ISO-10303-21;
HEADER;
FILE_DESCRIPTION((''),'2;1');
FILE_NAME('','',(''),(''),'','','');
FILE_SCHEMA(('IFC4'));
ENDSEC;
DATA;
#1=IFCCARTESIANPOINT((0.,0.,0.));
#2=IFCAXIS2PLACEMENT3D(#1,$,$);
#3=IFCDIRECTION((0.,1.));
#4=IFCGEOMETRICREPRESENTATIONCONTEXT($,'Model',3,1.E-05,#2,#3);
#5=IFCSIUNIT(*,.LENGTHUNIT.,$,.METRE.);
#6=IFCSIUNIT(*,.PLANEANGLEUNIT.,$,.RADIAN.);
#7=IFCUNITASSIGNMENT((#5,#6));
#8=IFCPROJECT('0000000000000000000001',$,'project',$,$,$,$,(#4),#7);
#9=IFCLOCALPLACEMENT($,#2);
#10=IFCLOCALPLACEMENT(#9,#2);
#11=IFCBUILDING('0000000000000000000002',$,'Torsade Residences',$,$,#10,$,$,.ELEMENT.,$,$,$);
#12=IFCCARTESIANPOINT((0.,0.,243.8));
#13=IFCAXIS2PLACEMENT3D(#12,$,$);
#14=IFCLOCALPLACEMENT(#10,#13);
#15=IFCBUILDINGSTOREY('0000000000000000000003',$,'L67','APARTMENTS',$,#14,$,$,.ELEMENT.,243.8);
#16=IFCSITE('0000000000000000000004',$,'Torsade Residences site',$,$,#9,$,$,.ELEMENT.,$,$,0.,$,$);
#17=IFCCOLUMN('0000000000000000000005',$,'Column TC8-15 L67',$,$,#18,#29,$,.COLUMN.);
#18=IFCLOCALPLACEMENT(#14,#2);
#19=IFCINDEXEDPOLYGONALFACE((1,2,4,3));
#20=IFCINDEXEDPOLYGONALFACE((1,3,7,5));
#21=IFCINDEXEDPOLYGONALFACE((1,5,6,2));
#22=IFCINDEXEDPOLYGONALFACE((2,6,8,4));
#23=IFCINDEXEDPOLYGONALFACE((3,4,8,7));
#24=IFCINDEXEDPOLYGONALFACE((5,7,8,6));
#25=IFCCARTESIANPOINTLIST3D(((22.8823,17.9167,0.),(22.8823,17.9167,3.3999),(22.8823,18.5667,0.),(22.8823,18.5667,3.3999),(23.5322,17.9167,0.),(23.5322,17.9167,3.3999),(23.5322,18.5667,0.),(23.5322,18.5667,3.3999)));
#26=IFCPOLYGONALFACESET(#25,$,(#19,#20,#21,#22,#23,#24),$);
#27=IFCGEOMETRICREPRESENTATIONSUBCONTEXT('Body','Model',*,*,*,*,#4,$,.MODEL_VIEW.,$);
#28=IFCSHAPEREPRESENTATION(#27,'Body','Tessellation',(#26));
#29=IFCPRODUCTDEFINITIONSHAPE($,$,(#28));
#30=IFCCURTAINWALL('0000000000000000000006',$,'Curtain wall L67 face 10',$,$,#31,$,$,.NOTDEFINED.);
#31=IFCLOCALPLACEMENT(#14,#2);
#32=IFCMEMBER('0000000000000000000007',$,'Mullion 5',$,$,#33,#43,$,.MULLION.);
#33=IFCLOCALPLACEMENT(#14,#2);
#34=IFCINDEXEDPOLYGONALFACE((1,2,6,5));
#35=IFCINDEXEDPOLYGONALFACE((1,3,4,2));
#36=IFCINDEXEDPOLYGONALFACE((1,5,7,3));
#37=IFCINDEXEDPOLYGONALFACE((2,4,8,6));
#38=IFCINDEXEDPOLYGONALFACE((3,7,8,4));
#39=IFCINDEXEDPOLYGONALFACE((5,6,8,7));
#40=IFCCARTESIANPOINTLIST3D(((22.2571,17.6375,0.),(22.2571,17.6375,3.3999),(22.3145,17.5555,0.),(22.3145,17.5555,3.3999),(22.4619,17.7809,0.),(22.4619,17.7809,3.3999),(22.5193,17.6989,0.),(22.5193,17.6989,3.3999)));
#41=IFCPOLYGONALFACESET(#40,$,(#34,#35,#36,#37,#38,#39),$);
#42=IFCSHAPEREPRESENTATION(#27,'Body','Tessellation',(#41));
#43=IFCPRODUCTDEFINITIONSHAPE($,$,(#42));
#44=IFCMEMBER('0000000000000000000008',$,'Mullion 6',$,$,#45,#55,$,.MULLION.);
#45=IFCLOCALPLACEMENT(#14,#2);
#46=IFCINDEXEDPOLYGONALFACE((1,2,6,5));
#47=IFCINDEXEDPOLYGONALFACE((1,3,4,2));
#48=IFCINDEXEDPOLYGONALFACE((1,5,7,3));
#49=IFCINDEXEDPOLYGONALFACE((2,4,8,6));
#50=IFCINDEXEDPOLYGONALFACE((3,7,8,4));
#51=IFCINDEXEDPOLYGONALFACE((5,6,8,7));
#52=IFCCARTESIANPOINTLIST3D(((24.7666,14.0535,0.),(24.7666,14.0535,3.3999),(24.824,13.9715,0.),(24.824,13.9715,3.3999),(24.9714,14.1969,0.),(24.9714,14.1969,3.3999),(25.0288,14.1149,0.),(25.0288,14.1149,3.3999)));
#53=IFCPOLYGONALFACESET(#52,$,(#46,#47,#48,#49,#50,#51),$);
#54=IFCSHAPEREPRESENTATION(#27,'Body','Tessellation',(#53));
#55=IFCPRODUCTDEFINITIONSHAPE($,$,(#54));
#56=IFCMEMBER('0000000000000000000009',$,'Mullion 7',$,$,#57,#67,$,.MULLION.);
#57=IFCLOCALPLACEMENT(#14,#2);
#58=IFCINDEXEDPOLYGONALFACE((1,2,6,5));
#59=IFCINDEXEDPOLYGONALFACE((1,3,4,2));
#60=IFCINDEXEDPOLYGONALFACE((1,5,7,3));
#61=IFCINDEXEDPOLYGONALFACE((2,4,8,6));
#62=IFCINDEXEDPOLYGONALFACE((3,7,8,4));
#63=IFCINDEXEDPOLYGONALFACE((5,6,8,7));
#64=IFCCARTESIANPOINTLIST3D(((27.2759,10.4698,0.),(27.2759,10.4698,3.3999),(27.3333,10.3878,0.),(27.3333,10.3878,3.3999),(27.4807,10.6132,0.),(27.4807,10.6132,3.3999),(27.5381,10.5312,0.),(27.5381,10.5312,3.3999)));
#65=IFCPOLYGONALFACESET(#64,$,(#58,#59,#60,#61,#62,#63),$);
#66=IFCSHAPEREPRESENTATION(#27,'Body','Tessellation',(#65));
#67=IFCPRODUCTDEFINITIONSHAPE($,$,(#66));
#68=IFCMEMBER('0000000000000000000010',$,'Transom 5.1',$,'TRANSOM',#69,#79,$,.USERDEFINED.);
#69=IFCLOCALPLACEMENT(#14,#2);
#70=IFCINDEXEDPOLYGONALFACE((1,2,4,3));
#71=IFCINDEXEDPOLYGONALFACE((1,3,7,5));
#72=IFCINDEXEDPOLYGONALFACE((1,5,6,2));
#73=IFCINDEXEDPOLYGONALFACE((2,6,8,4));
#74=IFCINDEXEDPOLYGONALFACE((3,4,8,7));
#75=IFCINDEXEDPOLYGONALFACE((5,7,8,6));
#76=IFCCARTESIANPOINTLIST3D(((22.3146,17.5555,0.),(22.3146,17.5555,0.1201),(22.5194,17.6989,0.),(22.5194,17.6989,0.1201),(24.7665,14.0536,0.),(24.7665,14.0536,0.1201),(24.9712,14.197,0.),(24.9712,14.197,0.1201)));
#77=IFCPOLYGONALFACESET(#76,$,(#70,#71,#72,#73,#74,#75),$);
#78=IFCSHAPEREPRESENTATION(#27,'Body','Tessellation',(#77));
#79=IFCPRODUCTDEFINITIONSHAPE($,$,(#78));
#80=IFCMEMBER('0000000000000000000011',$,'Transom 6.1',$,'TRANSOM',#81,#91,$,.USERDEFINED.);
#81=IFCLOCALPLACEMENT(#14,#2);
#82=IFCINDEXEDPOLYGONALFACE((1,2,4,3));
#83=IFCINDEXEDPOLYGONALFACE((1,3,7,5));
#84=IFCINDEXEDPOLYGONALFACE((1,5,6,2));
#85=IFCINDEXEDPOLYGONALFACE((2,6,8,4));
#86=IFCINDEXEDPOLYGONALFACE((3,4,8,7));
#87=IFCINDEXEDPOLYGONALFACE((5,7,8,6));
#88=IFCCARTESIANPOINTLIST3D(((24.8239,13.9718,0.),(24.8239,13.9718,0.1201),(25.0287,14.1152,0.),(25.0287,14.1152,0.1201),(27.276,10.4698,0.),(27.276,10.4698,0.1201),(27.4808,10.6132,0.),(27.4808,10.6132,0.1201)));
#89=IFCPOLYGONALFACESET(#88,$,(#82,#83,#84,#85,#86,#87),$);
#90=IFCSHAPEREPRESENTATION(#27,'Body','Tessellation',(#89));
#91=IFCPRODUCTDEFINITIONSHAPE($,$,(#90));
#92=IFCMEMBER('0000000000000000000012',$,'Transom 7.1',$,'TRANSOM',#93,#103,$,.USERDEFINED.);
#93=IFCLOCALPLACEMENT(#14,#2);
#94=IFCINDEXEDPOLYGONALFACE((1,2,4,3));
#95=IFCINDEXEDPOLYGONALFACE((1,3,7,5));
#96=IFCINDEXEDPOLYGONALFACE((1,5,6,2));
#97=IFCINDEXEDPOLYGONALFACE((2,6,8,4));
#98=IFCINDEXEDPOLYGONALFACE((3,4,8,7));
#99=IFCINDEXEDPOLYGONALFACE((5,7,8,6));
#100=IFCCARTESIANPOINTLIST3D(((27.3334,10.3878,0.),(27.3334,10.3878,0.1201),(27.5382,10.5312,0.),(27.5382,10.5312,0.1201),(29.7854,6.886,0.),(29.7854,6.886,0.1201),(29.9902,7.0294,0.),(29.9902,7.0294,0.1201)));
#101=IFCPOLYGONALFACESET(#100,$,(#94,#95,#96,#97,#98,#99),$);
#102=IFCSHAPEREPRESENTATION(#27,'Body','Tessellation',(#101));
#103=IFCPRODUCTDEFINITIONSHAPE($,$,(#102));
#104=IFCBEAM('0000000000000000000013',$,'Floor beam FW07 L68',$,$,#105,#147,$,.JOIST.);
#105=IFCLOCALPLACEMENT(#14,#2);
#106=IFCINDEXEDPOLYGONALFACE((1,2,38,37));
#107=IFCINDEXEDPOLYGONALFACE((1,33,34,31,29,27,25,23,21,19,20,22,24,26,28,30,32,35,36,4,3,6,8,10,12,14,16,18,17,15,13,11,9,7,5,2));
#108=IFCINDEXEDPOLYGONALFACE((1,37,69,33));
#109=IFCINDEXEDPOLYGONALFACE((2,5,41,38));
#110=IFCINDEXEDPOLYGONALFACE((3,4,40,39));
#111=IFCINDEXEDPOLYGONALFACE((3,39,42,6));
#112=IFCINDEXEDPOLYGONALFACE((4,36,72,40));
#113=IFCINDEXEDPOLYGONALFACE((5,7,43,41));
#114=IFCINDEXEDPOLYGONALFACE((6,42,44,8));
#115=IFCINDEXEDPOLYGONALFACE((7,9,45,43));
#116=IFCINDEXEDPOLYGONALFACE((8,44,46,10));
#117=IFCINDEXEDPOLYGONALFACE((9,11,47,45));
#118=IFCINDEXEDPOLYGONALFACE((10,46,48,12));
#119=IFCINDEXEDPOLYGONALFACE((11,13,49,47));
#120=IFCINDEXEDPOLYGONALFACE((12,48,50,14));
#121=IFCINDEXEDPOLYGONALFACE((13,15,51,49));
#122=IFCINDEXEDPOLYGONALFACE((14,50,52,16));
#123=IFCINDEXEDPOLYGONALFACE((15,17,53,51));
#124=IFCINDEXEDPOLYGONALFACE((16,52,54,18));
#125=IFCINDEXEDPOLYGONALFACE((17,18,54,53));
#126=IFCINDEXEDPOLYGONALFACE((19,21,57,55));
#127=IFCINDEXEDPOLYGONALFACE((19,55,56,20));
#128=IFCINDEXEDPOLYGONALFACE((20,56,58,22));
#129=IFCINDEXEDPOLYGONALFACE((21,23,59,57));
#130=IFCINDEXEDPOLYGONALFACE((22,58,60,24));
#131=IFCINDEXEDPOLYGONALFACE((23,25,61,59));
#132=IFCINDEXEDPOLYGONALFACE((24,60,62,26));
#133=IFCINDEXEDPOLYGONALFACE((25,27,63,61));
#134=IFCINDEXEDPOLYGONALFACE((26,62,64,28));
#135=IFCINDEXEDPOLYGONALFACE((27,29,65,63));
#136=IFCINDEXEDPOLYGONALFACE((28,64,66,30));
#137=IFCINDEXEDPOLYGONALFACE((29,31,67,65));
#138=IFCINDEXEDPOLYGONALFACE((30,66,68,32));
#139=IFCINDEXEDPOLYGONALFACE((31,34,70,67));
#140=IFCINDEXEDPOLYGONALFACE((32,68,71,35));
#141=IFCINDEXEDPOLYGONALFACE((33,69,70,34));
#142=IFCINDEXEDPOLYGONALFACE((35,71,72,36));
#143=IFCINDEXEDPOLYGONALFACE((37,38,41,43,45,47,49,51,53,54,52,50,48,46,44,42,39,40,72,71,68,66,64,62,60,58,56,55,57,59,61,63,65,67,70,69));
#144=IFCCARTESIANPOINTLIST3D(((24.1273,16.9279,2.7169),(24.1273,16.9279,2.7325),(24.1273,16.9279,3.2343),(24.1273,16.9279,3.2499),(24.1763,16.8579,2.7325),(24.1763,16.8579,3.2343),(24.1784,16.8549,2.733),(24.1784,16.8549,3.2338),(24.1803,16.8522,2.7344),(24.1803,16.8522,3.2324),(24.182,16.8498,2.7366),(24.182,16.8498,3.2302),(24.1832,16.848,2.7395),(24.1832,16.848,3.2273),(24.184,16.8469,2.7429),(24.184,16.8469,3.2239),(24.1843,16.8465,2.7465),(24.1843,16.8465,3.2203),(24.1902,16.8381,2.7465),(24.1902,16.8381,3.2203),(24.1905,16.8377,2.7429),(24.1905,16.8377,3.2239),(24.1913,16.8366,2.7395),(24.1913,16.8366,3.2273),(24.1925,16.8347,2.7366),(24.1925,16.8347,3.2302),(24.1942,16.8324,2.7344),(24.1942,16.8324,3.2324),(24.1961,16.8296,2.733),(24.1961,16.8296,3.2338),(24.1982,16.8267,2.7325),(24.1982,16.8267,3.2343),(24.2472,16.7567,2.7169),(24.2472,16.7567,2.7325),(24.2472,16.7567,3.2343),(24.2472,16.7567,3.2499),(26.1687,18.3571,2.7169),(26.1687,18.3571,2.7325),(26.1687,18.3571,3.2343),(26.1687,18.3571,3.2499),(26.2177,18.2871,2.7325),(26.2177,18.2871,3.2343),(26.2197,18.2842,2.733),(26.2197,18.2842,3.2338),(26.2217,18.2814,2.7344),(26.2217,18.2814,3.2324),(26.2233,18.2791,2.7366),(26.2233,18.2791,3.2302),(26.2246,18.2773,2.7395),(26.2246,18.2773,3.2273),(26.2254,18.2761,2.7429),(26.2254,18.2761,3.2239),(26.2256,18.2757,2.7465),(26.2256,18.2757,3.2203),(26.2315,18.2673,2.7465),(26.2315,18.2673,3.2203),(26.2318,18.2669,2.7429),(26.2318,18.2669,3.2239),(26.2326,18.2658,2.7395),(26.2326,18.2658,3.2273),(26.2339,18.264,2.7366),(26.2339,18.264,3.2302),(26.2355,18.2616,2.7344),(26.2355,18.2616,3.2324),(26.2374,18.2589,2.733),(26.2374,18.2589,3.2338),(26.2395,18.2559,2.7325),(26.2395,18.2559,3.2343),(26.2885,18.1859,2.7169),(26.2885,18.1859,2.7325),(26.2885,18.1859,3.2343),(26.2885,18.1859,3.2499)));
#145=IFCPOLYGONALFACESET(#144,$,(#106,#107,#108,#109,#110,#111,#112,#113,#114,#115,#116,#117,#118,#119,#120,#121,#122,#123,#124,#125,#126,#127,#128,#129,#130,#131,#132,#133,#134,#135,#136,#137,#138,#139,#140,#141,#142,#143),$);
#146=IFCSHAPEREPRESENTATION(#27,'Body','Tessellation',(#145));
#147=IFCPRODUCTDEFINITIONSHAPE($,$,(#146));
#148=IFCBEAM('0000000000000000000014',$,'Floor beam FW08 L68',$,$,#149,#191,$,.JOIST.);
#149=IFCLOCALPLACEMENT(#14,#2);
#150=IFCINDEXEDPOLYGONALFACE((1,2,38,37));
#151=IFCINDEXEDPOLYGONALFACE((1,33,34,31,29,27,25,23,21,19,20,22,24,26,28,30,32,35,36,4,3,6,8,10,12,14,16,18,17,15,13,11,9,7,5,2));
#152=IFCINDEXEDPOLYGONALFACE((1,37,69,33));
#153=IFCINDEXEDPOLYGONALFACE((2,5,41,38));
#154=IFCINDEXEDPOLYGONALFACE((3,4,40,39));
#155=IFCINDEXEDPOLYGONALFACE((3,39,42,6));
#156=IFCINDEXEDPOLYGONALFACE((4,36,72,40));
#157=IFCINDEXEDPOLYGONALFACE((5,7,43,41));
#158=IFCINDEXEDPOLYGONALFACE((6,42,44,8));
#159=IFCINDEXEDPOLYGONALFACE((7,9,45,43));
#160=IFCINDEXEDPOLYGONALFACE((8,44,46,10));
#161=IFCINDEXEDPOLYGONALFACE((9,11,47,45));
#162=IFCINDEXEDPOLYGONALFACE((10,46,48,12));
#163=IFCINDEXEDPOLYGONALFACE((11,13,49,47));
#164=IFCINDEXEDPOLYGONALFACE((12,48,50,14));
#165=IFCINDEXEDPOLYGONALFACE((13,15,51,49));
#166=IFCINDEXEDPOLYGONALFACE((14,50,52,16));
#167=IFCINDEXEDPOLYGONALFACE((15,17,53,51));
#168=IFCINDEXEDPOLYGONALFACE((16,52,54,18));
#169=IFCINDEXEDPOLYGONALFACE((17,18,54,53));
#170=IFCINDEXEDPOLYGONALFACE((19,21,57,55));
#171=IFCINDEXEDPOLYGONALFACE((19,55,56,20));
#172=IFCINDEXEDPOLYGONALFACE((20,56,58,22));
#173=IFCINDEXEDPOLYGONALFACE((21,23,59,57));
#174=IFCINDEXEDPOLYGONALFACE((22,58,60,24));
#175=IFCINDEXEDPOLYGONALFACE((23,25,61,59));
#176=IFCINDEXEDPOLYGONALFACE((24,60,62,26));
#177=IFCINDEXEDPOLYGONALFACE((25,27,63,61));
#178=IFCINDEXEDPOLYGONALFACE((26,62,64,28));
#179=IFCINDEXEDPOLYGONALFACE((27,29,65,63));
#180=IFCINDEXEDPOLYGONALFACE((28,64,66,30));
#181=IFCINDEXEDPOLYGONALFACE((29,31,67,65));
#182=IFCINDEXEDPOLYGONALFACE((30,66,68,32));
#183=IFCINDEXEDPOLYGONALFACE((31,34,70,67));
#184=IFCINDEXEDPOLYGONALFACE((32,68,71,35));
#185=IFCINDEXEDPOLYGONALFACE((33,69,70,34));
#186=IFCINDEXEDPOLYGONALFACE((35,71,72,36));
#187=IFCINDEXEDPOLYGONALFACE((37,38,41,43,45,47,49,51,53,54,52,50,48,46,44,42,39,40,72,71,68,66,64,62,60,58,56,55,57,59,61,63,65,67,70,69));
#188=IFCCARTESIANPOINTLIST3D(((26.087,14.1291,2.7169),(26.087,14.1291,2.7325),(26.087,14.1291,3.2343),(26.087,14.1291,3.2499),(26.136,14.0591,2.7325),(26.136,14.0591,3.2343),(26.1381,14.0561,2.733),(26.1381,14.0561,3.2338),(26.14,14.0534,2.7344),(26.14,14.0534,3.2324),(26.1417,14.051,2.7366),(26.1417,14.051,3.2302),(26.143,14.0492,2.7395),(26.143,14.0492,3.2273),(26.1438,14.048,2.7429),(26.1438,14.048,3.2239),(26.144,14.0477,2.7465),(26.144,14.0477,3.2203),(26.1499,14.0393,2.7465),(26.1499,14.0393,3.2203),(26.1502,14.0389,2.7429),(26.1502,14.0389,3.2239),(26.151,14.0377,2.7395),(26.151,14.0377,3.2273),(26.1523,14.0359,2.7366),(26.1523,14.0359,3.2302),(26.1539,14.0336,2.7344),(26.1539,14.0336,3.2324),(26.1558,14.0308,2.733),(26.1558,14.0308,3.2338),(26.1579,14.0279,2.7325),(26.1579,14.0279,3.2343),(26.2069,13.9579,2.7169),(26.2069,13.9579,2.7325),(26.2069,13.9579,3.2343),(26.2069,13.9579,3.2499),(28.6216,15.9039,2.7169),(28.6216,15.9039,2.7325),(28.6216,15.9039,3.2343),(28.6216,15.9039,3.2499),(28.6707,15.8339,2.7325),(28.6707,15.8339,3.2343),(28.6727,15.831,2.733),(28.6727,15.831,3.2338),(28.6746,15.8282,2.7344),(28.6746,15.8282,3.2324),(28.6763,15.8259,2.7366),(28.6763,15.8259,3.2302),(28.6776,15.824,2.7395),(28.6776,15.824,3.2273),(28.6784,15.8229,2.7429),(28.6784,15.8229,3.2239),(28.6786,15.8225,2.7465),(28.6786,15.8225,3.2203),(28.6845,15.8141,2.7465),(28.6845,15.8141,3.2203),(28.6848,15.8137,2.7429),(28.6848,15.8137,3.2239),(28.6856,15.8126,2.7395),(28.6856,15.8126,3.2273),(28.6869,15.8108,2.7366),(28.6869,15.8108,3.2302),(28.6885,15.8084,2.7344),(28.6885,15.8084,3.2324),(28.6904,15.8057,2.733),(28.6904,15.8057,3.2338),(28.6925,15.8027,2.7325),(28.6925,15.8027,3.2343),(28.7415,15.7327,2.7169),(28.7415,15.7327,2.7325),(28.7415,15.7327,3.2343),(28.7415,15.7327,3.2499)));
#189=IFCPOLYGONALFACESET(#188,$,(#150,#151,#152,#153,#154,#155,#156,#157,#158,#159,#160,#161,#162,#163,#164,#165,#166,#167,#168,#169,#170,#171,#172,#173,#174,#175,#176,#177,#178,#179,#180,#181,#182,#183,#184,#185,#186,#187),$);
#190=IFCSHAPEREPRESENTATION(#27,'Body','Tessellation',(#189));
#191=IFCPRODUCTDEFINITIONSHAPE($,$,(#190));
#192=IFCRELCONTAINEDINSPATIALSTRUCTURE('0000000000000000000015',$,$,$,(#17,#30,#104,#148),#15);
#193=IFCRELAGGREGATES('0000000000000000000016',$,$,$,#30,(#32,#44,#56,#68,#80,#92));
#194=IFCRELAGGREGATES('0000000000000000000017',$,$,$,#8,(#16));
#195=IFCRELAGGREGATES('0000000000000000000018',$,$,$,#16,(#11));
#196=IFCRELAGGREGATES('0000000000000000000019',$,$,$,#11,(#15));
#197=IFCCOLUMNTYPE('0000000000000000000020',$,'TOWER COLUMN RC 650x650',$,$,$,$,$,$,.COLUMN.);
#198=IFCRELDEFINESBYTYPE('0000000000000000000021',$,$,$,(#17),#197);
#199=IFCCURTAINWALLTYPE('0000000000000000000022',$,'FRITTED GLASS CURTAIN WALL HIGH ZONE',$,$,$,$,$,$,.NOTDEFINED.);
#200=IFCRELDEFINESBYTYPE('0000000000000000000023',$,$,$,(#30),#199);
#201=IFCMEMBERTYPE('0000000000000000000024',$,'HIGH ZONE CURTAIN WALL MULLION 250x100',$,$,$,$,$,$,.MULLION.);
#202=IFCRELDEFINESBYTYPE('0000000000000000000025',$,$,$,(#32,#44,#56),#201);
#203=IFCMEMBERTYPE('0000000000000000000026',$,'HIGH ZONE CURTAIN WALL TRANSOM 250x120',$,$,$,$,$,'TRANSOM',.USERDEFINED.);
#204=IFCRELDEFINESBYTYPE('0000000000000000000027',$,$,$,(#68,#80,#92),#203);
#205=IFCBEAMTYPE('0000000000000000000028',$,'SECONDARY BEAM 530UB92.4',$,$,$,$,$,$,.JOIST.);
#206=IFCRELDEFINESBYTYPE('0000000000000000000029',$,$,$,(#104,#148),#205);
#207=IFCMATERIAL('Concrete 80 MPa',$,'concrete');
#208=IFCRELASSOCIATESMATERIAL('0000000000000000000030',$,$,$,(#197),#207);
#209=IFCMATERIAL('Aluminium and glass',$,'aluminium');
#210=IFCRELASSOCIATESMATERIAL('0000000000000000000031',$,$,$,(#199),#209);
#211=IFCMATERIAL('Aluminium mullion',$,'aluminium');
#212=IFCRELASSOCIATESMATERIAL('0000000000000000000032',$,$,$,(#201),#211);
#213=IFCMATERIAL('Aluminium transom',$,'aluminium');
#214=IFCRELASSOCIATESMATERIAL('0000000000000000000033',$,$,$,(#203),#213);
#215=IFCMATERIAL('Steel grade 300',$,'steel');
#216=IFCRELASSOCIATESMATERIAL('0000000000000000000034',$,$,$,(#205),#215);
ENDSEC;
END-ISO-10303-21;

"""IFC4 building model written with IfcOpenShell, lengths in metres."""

from ifc_helpers import new_model, si_unit, direction, frame, origin, origin_2d, place, context, subcontext, project, spatial, rectangle, i_section, extrude, material, material_profile, profile_set, type_object, element, aggregate, save


model = new_model("IFC4")

# Units and contexts
model_context = context("Model", 3, precision=1e-05, world=origin(), true_north=direction((0.0, 1.0)))
body_context = subcontext(model_context, "Body", "Model", "MODEL_VIEW")
ifc_project = project(units=[si_unit("LENGTHUNIT", "METRE"), si_unit("PLANEANGLEUNIT", "RADIAN")], contexts=[model_context])

# Site, building, storey
site_placement = place(None, origin())
site = spatial("IfcSite", under=ifc_project, at=site_placement, Name="Torsade Residences site", CompositionType="ELEMENT", RefElevation=0.0)
building_placement = place(site_placement, origin())
building = spatial("IfcBuilding", under=site, at=building_placement, Name="Torsade Residences", CompositionType="ELEMENT")
storey_placement = place(building_placement, frame((0.0, 0.0, 243.8)))
storey = spatial("IfcBuildingStorey", under=building, at=storey_placement, Name="L67", Description="APARTMENTS", CompositionType="ELEMENT", Elevation=243.8)

# Column
ifc_material_1 = material(Name="Concrete 80 MPa", Category="concrete")
ifc_material_profile_1 = material_profile(ifc_material_1, rectangle(XDim=0.6499, YDim=0.6499, at=origin_2d()), Name="RC 650x650")
ifc_profile_set_1 = profile_set([ifc_material_profile_1], Name="Concrete 80 MPa")
column_type = type_object("IfcColumnType", Name="TOWER COLUMN RC 650x650", PredefinedType="COLUMN", material=ifc_profile_set_1)
column_placement = place(storey_placement, frame((23.2073, 18.2417, 0.0), z_axis=(0.0, 0.0, 1.0), x_axis=(1.0, 0.0, 0.0)))
element("IfcColumn", 1, at=column_placement, inside=storey, type_object=column_type, Name="Column TC8-15 L67", PredefinedType="COLUMN", context=body_context, shape_type="SweptSolid", body=[
    extrude(rectangle(XDim=0.6499, YDim=0.6499, at=origin_2d()), origin(), (0.0, 0.0, 1.0), 3.3999),
])

# Curtain wall, members
ifc_material_2 = material(Name="Aluminium and glass", Category="aluminium")
curtain_wall_type = type_object("IfcCurtainWallType", Name="FRITTED GLASS CURTAIN WALL HIGH ZONE", PredefinedType="NOTDEFINED", material=ifc_material_2)
curtain_wall_placement = place(storey_placement, origin())
curtain_wall = element("IfcCurtainWall", 2, at=curtain_wall_placement, inside=storey, type_object=curtain_wall_type, Name="Curtain wall L67 face 10", PredefinedType="NOTDEFINED")
ifc_material_3 = material(Name="Aluminium mullion", Category="aluminium")
ifc_material_profile_2 = material_profile(ifc_material_3, rectangle(XDim=0.25, YDim=0.1001, at=origin_2d()), Name="HIGH ZONE CURTAIN WALL MULLION 250x100")
ifc_profile_set_2 = profile_set([ifc_material_profile_2], Name="Aluminium mullion")
member_type_1 = type_object("IfcMemberType", Name="HIGH ZONE CURTAIN WALL MULLION 250x100", PredefinedType="MULLION", material=ifc_profile_set_2)
member_1_placement = place(storey_placement, frame((22.3882, 17.6682, 0.0), z_axis=(0.0, 0.0, 1.0), x_axis=(0.819152, 0.573576, 0.0)))
member_1 = element("IfcMember", 3, at=member_1_placement, type_object=member_type_1, Name="Mullion 5", PredefinedType="MULLION", context=body_context, shape_type="SweptSolid", body=[
    extrude(rectangle(XDim=0.25, YDim=0.1001, at=origin_2d()), origin(), (0.0, 0.0, 1.0), 3.3999),
])
member_2_placement = place(storey_placement, frame((24.8977, 14.0842, 0.0), z_axis=(0.0, 0.0, 1.0), x_axis=(0.819152, 0.573576, 0.0)))
member_2 = element("IfcMember", 4, at=member_2_placement, type_object=member_type_1, Name="Mullion 6", PredefinedType="MULLION", context=body_context, shape_type="SweptSolid", body=[
    extrude(rectangle(XDim=0.25, YDim=0.1001, at=origin_2d()), origin(), (0.0, 0.0, 1.0), 3.3999),
])
member_3_placement = place(storey_placement, frame((27.407, 10.5005, 0.0), z_axis=(0.0, 0.0, 1.0), x_axis=(0.819152, 0.573576, 0.0)))
member_3 = element("IfcMember", 5, at=member_3_placement, type_object=member_type_1, Name="Mullion 7", PredefinedType="MULLION", context=body_context, shape_type="SweptSolid", body=[
    extrude(rectangle(XDim=0.25, YDim=0.1001, at=origin_2d()), origin(), (0.0, 0.0, 1.0), 3.3999),
])
ifc_material_4 = material(Name="Aluminium transom", Category="aluminium")
ifc_material_profile_3 = material_profile(ifc_material_4, rectangle(XDim=0.25, YDim=0.1201, at=origin_2d()), Name="HIGH ZONE CURTAIN WALL TRANSOM 250x120")
ifc_profile_set_3 = profile_set([ifc_material_profile_3], Name="Aluminium transom")
member_type_2 = type_object("IfcMemberType", Name="HIGH ZONE CURTAIN WALL TRANSOM 250x120", ElementType="TRANSOM", PredefinedType="USERDEFINED", material=ifc_profile_set_3)
member_4_placement = place(storey_placement, frame((22.417, 17.6272, 0.0601), z_axis=(0.573547, -0.819173, 0.0), x_axis=(0.819173, 0.573547, 0.0)))
member_4 = element("IfcMember", 6, at=member_4_placement, type_object=member_type_2, Name="Transom 5.1", ObjectType="TRANSOM", PredefinedType="USERDEFINED", context=body_context, shape_type="SweptSolid", body=[
    extrude(rectangle(XDim=0.25, YDim=0.1201, at=origin_2d()), origin(), (0.0, 0.0, 1.0), 4.2749),
])
member_5_placement = place(storey_placement, frame((24.9263, 14.0435, 0.0601), z_axis=(0.573585, -0.819146, 0.0), x_axis=(0.819146, 0.573585, 0.0)))
member_5 = element("IfcMember", 7, at=member_5_placement, type_object=member_type_2, Name="Transom 6.1", ObjectType="TRANSOM", PredefinedType="USERDEFINED", context=body_context, shape_type="SweptSolid", body=[
    extrude(rectangle(XDim=0.25, YDim=0.1201, at=origin_2d()), origin(), (0.0, 0.0, 1.0), 4.2751),
])
member_6_placement = place(storey_placement, frame((27.4358, 10.4595, 0.0601), z_axis=(0.573573, -0.819154, 0.0), x_axis=(0.819154, 0.573573, 0.0)))
member_6 = element("IfcMember", 8, at=member_6_placement, type_object=member_type_2, Name="Transom 7.1", ObjectType="TRANSOM", PredefinedType="USERDEFINED", context=body_context, shape_type="SweptSolid", body=[
    extrude(rectangle(XDim=0.25, YDim=0.1201, at=origin_2d()), origin(), (0.0, 0.0, 1.0), 4.2749),
])

# Beams
ifc_material_5 = material(Name="Steel grade 300", Category="steel")
ifc_material_profile_4 = material_profile(ifc_material_5, i_section(OverallWidth=0.209, OverallDepth=0.533, WebThickness=0.0103, FlangeThickness=0.0156, FilletRadius=0.0139, at=origin_2d()), Name="530UB92.4")
ifc_profile_set_4 = profile_set([ifc_material_profile_4], Name="Steel grade 300")
beam_type = type_object("IfcBeamType", Name="SECONDARY BEAM 530UB92.4", PredefinedType="JOIST", material=ifc_profile_set_4)
beam_1_placement = place(storey_placement, frame((24.1873, 16.8423, 2.9834), z_axis=(0.819172, 0.573548, 0.0), x_axis=(-0.573548, 0.819172, 0.0)))
element("IfcBeam", 9, at=beam_1_placement, inside=storey, type_object=beam_type, Name="Floor beam FW07 L68", PredefinedType="JOIST", context=body_context, shape_type="SweptSolid", body=[
    extrude(i_section(OverallWidth=0.209, OverallDepth=0.533, WebThickness=0.0103, FlangeThickness=0.0156, FilletRadius=0.0139, at=origin_2d()), origin(), (0.0, 0.0, 1.0), 2.4919),
])
beam_2_placement = place(storey_placement, frame((26.147, 14.0435, 2.9834), z_axis=(0.819136, 0.5736, 0.0), x_axis=(-0.5736, 0.819136, 0.0)))
element("IfcBeam", 10, at=beam_2_placement, inside=storey, type_object=beam_type, Name="Floor beam FW08 L68", PredefinedType="JOIST", context=body_context, shape_type="SweptSolid", body=[
    extrude(i_section(OverallWidth=0.209, OverallDepth=0.533, WebThickness=0.0103, FlangeThickness=0.0156, FilletRadius=0.0139, at=origin_2d()), origin(), (0.0, 0.0, 1.0), 3.0942),
])

aggregate(curtain_wall, [member_1, member_2, member_3, member_4, member_5, member_6])

save(model, "model.ifc")
